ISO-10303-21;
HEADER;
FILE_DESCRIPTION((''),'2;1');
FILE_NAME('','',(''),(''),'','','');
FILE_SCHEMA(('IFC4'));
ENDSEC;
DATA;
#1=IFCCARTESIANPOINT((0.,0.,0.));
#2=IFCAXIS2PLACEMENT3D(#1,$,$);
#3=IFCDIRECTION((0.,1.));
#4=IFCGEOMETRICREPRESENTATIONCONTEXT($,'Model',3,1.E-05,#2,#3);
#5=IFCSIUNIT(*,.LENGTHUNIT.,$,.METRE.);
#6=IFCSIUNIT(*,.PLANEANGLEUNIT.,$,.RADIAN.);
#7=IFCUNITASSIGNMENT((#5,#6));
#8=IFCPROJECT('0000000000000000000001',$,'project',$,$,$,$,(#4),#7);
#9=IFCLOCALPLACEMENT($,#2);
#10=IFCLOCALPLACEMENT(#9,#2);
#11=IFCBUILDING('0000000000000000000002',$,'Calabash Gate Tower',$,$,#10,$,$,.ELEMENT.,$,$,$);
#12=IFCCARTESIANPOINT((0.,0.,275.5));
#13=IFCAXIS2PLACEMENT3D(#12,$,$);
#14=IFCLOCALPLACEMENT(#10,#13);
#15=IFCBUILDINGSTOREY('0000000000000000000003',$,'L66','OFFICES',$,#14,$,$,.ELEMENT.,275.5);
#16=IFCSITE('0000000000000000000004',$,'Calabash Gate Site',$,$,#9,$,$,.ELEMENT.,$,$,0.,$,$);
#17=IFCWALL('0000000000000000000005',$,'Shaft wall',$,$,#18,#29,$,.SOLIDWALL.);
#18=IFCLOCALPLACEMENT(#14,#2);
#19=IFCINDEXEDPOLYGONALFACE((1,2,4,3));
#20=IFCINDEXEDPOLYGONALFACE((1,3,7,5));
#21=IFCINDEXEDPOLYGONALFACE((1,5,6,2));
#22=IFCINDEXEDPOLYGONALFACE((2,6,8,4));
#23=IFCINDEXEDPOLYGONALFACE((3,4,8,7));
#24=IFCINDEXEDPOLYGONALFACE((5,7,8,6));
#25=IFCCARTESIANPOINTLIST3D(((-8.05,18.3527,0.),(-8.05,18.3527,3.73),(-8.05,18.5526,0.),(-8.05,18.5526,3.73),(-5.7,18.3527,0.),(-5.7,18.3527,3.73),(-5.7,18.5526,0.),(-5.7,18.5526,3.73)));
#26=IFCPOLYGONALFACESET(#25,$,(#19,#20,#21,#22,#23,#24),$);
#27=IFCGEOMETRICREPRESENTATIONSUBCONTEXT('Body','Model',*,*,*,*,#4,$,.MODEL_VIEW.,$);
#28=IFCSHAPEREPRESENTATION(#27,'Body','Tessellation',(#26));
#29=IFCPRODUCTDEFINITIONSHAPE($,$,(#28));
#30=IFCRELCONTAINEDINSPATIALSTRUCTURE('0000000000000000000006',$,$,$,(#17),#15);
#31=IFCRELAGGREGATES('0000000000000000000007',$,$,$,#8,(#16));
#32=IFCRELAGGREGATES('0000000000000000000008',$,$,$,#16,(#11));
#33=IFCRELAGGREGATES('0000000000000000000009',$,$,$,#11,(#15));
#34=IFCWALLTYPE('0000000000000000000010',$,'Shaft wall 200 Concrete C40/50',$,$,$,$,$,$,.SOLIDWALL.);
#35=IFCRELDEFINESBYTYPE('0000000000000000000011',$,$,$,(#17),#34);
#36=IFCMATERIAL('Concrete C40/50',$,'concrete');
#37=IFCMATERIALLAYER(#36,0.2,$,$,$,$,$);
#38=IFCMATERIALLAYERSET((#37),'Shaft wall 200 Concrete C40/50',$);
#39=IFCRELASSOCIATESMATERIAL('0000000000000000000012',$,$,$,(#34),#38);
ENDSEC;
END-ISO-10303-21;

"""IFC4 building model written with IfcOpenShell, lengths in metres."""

from ifc_helpers import new_model, si_unit, direction, frame, frame_2d, origin, place, context, subcontext, project, spatial, rectangle, extrude, material, layer, layer_set, type_object, element, save


model = new_model("IFC4")

# Units and contexts
model_context = context("Model", 3, precision=1e-05, world=origin(), true_north=direction((0.0, 1.0)))
body_context = subcontext(model_context, "Body", "Model", "MODEL_VIEW")
ifc_project = project(units=[si_unit("LENGTHUNIT", "METRE"), si_unit("PLANEANGLEUNIT", "RADIAN")], contexts=[model_context])

# Site, building, storey
site_placement = place(None, origin())
site = spatial("IfcSite", under=ifc_project, at=site_placement, Name="Calabash Gate Site", CompositionType="ELEMENT", RefElevation=0.0)
building_placement = place(site_placement, origin())
building = spatial("IfcBuilding", under=site, at=building_placement, Name="Calabash Gate Tower", CompositionType="ELEMENT")
storey_placement = place(building_placement, frame((0.0, 0.0, 275.5)))
storey = spatial("IfcBuildingStorey", under=building, at=storey_placement, Name="L66", Description="OFFICES", CompositionType="ELEMENT", Elevation=275.5)

# Shared definitions
ifc_material_1 = material(Name="Concrete C40/50", Category="concrete")
ifc_layer_1 = layer(ifc_material_1, 0.2)
ifc_layer_set_1 = layer_set([ifc_layer_1], Name="Shaft wall 200 Concrete C40/50")
wall_type_1 = type_object("IfcWallType", Name="Shaft wall 200 Concrete C40/50", PredefinedType="SOLIDWALL", material=ifc_layer_set_1)

# Wall
wall_1_placement = place(storey_placement, frame((-8.05, 18.4526, 0.0), z_axis=(0.0, 0.0, 1.0), x_axis=(1.0, 0.0, 0.0)))
element("IfcWall", 1, at=wall_1_placement, inside=storey, type_object=wall_type_1, Name="Shaft wall", PredefinedType="SOLIDWALL", context=body_context, shape_type="SweptSolid", body=[
    extrude(rectangle(XDim=2.3501, YDim=0.2, at=frame_2d((1.175, 0.0))), origin(), (0.0, 0.0, 1.0), 3.73),
])

save(model, "model.ifc")
